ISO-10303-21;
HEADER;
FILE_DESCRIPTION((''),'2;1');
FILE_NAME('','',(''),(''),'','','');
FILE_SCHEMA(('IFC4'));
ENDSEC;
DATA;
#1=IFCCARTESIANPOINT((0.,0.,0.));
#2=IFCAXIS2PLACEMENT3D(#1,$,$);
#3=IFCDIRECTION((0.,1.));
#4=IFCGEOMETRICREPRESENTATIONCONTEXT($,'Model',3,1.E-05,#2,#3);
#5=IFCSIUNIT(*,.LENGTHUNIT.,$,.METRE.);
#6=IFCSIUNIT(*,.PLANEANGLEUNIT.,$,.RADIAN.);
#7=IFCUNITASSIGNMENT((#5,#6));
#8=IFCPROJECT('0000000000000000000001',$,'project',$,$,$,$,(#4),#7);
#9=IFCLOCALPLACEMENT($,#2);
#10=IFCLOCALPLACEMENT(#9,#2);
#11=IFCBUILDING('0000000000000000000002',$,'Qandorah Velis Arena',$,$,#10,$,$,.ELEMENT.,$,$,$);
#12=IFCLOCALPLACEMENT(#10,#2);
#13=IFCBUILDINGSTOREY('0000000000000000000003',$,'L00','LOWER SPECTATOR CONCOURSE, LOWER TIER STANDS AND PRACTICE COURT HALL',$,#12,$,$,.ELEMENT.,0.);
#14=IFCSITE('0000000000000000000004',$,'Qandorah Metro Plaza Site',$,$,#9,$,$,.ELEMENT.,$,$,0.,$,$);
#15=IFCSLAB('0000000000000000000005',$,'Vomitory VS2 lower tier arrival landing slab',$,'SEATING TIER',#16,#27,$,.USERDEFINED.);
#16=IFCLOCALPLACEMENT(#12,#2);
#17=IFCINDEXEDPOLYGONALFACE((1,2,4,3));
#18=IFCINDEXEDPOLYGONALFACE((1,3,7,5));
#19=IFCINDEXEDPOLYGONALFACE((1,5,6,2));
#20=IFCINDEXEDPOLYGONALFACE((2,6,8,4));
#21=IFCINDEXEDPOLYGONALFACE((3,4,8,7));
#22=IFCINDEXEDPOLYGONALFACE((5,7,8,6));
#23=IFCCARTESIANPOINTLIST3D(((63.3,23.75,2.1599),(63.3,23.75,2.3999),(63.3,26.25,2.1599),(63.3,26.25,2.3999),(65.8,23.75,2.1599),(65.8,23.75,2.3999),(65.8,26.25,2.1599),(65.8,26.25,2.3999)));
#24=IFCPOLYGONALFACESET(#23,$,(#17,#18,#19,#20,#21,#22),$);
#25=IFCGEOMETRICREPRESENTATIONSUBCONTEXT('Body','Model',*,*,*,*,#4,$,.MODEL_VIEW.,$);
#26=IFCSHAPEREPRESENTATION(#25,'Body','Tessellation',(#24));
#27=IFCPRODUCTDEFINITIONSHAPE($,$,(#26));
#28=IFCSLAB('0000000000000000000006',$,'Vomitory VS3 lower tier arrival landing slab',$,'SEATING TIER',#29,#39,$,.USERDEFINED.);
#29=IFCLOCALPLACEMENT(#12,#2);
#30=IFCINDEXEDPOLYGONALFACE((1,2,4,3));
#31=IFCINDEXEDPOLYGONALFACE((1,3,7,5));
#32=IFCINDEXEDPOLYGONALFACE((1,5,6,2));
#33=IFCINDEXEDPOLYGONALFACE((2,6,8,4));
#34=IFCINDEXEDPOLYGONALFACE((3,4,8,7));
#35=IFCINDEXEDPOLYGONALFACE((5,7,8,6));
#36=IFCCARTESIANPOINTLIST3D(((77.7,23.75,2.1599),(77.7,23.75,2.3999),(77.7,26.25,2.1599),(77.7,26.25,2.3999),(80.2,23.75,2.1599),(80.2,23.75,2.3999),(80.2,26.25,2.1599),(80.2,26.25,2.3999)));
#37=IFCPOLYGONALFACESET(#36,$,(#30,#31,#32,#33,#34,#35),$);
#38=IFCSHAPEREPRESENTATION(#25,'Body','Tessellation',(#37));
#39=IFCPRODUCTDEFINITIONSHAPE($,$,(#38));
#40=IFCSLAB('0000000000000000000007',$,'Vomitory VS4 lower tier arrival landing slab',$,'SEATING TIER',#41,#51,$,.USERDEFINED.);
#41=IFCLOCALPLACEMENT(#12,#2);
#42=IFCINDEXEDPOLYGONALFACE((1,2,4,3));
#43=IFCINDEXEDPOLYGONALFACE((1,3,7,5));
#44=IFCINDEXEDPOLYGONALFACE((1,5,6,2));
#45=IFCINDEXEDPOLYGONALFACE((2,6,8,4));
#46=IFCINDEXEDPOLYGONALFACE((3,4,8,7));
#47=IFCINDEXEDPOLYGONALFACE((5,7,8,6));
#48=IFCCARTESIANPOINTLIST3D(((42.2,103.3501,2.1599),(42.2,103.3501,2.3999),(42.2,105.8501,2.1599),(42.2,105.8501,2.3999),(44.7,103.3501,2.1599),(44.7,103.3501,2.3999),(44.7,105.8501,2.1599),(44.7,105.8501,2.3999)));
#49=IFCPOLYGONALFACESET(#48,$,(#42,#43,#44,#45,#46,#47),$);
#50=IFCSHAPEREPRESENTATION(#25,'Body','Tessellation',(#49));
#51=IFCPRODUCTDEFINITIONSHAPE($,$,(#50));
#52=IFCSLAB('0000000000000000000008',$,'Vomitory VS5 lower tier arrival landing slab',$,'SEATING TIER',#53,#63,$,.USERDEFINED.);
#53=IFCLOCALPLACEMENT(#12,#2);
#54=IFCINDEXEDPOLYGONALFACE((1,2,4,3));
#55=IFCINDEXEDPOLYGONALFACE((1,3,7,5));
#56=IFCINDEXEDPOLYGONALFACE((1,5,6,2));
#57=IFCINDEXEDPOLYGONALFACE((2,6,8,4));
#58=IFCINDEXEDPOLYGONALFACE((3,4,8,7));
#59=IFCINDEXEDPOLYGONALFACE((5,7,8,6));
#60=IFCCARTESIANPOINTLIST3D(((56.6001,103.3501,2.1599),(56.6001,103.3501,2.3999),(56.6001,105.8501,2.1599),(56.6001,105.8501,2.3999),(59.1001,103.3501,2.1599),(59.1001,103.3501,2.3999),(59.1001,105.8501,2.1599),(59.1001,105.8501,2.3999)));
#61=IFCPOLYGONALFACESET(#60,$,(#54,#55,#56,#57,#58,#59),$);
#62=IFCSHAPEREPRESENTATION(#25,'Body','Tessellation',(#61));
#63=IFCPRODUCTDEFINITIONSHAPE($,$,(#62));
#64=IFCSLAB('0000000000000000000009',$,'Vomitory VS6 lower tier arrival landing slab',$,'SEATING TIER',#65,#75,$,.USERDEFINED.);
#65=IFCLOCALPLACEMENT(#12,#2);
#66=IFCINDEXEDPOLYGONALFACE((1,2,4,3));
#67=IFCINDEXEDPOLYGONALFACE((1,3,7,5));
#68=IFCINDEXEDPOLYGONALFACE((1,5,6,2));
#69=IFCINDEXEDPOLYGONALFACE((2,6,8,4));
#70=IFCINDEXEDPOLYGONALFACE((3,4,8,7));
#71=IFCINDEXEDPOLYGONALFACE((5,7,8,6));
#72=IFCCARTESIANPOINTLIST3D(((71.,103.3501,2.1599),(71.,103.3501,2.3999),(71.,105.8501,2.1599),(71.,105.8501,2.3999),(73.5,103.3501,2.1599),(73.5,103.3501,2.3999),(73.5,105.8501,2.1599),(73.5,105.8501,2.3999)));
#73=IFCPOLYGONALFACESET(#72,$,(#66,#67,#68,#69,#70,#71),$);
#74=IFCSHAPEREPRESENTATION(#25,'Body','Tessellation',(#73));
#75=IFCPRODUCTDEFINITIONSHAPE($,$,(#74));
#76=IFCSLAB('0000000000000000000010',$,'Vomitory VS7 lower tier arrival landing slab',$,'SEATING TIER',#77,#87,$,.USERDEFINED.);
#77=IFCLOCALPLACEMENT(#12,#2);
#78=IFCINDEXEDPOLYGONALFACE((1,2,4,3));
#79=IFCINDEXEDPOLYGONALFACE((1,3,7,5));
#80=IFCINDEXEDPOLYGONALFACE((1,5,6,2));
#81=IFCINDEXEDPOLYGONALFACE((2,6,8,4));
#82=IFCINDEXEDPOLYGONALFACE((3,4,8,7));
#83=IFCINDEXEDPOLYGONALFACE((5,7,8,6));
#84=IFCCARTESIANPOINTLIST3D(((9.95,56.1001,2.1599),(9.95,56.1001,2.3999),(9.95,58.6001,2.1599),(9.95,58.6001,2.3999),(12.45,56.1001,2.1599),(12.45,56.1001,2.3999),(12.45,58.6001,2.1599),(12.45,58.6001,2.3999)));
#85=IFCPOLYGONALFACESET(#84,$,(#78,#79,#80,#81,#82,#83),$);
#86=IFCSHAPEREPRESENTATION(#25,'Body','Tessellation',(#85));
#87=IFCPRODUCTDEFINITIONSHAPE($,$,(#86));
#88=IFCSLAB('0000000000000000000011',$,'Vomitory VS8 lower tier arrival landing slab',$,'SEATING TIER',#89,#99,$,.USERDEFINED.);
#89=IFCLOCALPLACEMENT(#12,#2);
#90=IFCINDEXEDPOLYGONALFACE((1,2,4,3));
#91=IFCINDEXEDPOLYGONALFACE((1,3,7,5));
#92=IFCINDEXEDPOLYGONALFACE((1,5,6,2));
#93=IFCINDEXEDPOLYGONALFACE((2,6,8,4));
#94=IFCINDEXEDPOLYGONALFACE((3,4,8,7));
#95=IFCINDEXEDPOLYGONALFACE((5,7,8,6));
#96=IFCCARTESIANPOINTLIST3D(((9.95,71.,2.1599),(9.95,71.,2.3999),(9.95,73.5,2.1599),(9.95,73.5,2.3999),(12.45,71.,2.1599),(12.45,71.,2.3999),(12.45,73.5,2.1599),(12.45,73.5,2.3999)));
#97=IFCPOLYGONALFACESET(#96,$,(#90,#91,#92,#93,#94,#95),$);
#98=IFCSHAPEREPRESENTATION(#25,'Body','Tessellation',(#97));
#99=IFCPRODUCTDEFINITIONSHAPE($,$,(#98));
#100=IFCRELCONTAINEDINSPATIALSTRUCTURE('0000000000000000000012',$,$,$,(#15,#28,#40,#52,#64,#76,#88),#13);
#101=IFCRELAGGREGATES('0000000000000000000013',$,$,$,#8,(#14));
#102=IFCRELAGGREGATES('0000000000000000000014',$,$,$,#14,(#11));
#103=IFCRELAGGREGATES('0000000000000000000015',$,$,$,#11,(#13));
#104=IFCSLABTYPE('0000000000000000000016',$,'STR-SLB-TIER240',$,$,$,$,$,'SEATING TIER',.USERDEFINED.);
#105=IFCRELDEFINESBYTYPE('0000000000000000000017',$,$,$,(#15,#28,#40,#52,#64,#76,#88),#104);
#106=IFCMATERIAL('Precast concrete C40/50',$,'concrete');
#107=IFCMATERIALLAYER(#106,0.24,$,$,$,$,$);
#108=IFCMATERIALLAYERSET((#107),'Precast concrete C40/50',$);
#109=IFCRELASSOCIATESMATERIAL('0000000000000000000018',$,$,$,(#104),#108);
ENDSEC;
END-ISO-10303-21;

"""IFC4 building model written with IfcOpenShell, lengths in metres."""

from ifc_helpers import new_model, si_unit, direction, frame, origin, place, context, subcontext, project, spatial, polyline, outline, extrude, material, layer, layer_set, type_object, element, save


model = new_model("IFC4")

# Units and contexts
model_context = context("Model", 3, precision=1e-05, world=origin(), true_north=direction((0.0, 1.0)))
body_context = subcontext(model_context, "Body", "Model", "MODEL_VIEW")
ifc_project = project(units=[si_unit("LENGTHUNIT", "METRE"), si_unit("PLANEANGLEUNIT", "RADIAN")], contexts=[model_context])

# Site, building, storey
site_placement = place(None, origin())
site = spatial("IfcSite", under=ifc_project, at=site_placement, Name="Qandorah Metro Plaza Site", CompositionType="ELEMENT", RefElevation=0.0)
building_placement = place(site_placement, origin())
building = spatial("IfcBuilding", under=site, at=building_placement, Name="Qandorah Velis Arena", CompositionType="ELEMENT")
storey_placement = place(building_placement, origin())
storey = spatial("IfcBuildingStorey", under=building, at=storey_placement, Name="L00", Description="LOWER SPECTATOR CONCOURSE, LOWER TIER STANDS AND PRACTICE COURT HALL", CompositionType="ELEMENT", Elevation=0.0)

# Slabs
ifc_material_1 = material(Name="Precast concrete C40/50", Category="concrete")
ifc_layer_1 = layer(ifc_material_1, 0.24)
ifc_layer_set_1 = layer_set([ifc_layer_1], Name="Precast concrete C40/50")
slab_type_1 = type_object("IfcSlabType", Name="STR-SLB-TIER240", ElementType="SEATING TIER", PredefinedType="USERDEFINED", material=ifc_layer_set_1)
slab_1_placement = place(storey_placement, frame((0.0, 0.0, 2.1599)))
element("IfcSlab", 1, at=slab_1_placement, inside=storey, type_object=slab_type_1, Name="Vomitory VS2 lower tier arrival landing slab", ObjectType="SEATING TIER", PredefinedType="USERDEFINED", context=body_context, shape_type="SweptSolid", body=[
    extrude(outline(polyline([(63.3, 23.75), (65.8, 23.75), (65.8, 26.25), (63.3, 26.25), (63.3, 23.75)])), origin(), (0.0, 0.0, 1.0), 0.24),
])
slab_2_placement = place(storey_placement, frame((0.0, 0.0, 2.1599)))
element("IfcSlab", 2, at=slab_2_placement, inside=storey, type_object=slab_type_1, Name="Vomitory VS3 lower tier arrival landing slab", ObjectType="SEATING TIER", PredefinedType="USERDEFINED", context=body_context, shape_type="SweptSolid", body=[
    extrude(outline(polyline([(77.7, 23.75), (80.2, 23.75), (80.2, 26.25), (77.7, 26.25), (77.7, 23.75)])), origin(), (0.0, 0.0, 1.0), 0.24),
])
slab_3_placement = place(storey_placement, frame((0.0, 0.0, 2.1599)))
element("IfcSlab", 3, at=slab_3_placement, inside=storey, type_object=slab_type_1, Name="Vomitory VS4 lower tier arrival landing slab", ObjectType="SEATING TIER", PredefinedType="USERDEFINED", context=body_context, shape_type="SweptSolid", body=[
    extrude(outline(polyline([(42.2, 103.3501), (44.7, 103.3501), (44.7, 105.8501), (42.2, 105.8501), (42.2, 103.3501)])), origin(), (0.0, 0.0, 1.0), 0.24),
])
slab_4_placement = place(storey_placement, frame((0.0, 0.0, 2.1599)))
element("IfcSlab", 4, at=slab_4_placement, inside=storey, type_object=slab_type_1, Name="Vomitory VS5 lower tier arrival landing slab", ObjectType="SEATING TIER", PredefinedType="USERDEFINED", context=body_context, shape_type="SweptSolid", body=[
    extrude(outline(polyline([(56.6001, 103.3501), (59.1001, 103.3501), (59.1001, 105.8501), (56.6001, 105.8501), (56.6001, 103.3501)])), origin(), (0.0, 0.0, 1.0), 0.24),
])
slab_5_placement = place(storey_placement, frame((0.0, 0.0, 2.1599)))
element("IfcSlab", 5, at=slab_5_placement, inside=storey, type_object=slab_type_1, Name="Vomitory VS6 lower tier arrival landing slab", ObjectType="SEATING TIER", PredefinedType="USERDEFINED", context=body_context, shape_type="SweptSolid", body=[
    extrude(outline(polyline([(71.0, 103.3501), (73.5, 103.3501), (73.5, 105.8501), (71.0, 105.8501), (71.0, 103.3501)])), origin(), (0.0, 0.0, 1.0), 0.24),
])
slab_6_placement = place(storey_placement, frame((0.0, 0.0, 2.1599)))
element("IfcSlab", 6, at=slab_6_placement, inside=storey, type_object=slab_type_1, Name="Vomitory VS7 lower tier arrival landing slab", ObjectType="SEATING TIER", PredefinedType="USERDEFINED", context=body_context, shape_type="SweptSolid", body=[
    extrude(outline(polyline([(9.95, 56.1001), (12.45, 56.1001), (12.45, 58.6001), (9.95, 58.6001), (9.95, 56.1001)])), origin(), (0.0, 0.0, 1.0), 0.24),
])
slab_7_placement = place(storey_placement, frame((0.0, 0.0, 2.1599)))
element("IfcSlab", 7, at=slab_7_placement, inside=storey, type_object=slab_type_1, Name="Vomitory VS8 lower tier arrival landing slab", ObjectType="SEATING TIER", PredefinedType="USERDEFINED", context=body_context, shape_type="SweptSolid", body=[
    extrude(outline(polyline([(9.95, 71.0), (12.45, 71.0), (12.45, 73.5), (9.95, 73.5), (9.95, 71.0)])), origin(), (0.0, 0.0, 1.0), 0.24),
])

save(model, "model.ifc")
